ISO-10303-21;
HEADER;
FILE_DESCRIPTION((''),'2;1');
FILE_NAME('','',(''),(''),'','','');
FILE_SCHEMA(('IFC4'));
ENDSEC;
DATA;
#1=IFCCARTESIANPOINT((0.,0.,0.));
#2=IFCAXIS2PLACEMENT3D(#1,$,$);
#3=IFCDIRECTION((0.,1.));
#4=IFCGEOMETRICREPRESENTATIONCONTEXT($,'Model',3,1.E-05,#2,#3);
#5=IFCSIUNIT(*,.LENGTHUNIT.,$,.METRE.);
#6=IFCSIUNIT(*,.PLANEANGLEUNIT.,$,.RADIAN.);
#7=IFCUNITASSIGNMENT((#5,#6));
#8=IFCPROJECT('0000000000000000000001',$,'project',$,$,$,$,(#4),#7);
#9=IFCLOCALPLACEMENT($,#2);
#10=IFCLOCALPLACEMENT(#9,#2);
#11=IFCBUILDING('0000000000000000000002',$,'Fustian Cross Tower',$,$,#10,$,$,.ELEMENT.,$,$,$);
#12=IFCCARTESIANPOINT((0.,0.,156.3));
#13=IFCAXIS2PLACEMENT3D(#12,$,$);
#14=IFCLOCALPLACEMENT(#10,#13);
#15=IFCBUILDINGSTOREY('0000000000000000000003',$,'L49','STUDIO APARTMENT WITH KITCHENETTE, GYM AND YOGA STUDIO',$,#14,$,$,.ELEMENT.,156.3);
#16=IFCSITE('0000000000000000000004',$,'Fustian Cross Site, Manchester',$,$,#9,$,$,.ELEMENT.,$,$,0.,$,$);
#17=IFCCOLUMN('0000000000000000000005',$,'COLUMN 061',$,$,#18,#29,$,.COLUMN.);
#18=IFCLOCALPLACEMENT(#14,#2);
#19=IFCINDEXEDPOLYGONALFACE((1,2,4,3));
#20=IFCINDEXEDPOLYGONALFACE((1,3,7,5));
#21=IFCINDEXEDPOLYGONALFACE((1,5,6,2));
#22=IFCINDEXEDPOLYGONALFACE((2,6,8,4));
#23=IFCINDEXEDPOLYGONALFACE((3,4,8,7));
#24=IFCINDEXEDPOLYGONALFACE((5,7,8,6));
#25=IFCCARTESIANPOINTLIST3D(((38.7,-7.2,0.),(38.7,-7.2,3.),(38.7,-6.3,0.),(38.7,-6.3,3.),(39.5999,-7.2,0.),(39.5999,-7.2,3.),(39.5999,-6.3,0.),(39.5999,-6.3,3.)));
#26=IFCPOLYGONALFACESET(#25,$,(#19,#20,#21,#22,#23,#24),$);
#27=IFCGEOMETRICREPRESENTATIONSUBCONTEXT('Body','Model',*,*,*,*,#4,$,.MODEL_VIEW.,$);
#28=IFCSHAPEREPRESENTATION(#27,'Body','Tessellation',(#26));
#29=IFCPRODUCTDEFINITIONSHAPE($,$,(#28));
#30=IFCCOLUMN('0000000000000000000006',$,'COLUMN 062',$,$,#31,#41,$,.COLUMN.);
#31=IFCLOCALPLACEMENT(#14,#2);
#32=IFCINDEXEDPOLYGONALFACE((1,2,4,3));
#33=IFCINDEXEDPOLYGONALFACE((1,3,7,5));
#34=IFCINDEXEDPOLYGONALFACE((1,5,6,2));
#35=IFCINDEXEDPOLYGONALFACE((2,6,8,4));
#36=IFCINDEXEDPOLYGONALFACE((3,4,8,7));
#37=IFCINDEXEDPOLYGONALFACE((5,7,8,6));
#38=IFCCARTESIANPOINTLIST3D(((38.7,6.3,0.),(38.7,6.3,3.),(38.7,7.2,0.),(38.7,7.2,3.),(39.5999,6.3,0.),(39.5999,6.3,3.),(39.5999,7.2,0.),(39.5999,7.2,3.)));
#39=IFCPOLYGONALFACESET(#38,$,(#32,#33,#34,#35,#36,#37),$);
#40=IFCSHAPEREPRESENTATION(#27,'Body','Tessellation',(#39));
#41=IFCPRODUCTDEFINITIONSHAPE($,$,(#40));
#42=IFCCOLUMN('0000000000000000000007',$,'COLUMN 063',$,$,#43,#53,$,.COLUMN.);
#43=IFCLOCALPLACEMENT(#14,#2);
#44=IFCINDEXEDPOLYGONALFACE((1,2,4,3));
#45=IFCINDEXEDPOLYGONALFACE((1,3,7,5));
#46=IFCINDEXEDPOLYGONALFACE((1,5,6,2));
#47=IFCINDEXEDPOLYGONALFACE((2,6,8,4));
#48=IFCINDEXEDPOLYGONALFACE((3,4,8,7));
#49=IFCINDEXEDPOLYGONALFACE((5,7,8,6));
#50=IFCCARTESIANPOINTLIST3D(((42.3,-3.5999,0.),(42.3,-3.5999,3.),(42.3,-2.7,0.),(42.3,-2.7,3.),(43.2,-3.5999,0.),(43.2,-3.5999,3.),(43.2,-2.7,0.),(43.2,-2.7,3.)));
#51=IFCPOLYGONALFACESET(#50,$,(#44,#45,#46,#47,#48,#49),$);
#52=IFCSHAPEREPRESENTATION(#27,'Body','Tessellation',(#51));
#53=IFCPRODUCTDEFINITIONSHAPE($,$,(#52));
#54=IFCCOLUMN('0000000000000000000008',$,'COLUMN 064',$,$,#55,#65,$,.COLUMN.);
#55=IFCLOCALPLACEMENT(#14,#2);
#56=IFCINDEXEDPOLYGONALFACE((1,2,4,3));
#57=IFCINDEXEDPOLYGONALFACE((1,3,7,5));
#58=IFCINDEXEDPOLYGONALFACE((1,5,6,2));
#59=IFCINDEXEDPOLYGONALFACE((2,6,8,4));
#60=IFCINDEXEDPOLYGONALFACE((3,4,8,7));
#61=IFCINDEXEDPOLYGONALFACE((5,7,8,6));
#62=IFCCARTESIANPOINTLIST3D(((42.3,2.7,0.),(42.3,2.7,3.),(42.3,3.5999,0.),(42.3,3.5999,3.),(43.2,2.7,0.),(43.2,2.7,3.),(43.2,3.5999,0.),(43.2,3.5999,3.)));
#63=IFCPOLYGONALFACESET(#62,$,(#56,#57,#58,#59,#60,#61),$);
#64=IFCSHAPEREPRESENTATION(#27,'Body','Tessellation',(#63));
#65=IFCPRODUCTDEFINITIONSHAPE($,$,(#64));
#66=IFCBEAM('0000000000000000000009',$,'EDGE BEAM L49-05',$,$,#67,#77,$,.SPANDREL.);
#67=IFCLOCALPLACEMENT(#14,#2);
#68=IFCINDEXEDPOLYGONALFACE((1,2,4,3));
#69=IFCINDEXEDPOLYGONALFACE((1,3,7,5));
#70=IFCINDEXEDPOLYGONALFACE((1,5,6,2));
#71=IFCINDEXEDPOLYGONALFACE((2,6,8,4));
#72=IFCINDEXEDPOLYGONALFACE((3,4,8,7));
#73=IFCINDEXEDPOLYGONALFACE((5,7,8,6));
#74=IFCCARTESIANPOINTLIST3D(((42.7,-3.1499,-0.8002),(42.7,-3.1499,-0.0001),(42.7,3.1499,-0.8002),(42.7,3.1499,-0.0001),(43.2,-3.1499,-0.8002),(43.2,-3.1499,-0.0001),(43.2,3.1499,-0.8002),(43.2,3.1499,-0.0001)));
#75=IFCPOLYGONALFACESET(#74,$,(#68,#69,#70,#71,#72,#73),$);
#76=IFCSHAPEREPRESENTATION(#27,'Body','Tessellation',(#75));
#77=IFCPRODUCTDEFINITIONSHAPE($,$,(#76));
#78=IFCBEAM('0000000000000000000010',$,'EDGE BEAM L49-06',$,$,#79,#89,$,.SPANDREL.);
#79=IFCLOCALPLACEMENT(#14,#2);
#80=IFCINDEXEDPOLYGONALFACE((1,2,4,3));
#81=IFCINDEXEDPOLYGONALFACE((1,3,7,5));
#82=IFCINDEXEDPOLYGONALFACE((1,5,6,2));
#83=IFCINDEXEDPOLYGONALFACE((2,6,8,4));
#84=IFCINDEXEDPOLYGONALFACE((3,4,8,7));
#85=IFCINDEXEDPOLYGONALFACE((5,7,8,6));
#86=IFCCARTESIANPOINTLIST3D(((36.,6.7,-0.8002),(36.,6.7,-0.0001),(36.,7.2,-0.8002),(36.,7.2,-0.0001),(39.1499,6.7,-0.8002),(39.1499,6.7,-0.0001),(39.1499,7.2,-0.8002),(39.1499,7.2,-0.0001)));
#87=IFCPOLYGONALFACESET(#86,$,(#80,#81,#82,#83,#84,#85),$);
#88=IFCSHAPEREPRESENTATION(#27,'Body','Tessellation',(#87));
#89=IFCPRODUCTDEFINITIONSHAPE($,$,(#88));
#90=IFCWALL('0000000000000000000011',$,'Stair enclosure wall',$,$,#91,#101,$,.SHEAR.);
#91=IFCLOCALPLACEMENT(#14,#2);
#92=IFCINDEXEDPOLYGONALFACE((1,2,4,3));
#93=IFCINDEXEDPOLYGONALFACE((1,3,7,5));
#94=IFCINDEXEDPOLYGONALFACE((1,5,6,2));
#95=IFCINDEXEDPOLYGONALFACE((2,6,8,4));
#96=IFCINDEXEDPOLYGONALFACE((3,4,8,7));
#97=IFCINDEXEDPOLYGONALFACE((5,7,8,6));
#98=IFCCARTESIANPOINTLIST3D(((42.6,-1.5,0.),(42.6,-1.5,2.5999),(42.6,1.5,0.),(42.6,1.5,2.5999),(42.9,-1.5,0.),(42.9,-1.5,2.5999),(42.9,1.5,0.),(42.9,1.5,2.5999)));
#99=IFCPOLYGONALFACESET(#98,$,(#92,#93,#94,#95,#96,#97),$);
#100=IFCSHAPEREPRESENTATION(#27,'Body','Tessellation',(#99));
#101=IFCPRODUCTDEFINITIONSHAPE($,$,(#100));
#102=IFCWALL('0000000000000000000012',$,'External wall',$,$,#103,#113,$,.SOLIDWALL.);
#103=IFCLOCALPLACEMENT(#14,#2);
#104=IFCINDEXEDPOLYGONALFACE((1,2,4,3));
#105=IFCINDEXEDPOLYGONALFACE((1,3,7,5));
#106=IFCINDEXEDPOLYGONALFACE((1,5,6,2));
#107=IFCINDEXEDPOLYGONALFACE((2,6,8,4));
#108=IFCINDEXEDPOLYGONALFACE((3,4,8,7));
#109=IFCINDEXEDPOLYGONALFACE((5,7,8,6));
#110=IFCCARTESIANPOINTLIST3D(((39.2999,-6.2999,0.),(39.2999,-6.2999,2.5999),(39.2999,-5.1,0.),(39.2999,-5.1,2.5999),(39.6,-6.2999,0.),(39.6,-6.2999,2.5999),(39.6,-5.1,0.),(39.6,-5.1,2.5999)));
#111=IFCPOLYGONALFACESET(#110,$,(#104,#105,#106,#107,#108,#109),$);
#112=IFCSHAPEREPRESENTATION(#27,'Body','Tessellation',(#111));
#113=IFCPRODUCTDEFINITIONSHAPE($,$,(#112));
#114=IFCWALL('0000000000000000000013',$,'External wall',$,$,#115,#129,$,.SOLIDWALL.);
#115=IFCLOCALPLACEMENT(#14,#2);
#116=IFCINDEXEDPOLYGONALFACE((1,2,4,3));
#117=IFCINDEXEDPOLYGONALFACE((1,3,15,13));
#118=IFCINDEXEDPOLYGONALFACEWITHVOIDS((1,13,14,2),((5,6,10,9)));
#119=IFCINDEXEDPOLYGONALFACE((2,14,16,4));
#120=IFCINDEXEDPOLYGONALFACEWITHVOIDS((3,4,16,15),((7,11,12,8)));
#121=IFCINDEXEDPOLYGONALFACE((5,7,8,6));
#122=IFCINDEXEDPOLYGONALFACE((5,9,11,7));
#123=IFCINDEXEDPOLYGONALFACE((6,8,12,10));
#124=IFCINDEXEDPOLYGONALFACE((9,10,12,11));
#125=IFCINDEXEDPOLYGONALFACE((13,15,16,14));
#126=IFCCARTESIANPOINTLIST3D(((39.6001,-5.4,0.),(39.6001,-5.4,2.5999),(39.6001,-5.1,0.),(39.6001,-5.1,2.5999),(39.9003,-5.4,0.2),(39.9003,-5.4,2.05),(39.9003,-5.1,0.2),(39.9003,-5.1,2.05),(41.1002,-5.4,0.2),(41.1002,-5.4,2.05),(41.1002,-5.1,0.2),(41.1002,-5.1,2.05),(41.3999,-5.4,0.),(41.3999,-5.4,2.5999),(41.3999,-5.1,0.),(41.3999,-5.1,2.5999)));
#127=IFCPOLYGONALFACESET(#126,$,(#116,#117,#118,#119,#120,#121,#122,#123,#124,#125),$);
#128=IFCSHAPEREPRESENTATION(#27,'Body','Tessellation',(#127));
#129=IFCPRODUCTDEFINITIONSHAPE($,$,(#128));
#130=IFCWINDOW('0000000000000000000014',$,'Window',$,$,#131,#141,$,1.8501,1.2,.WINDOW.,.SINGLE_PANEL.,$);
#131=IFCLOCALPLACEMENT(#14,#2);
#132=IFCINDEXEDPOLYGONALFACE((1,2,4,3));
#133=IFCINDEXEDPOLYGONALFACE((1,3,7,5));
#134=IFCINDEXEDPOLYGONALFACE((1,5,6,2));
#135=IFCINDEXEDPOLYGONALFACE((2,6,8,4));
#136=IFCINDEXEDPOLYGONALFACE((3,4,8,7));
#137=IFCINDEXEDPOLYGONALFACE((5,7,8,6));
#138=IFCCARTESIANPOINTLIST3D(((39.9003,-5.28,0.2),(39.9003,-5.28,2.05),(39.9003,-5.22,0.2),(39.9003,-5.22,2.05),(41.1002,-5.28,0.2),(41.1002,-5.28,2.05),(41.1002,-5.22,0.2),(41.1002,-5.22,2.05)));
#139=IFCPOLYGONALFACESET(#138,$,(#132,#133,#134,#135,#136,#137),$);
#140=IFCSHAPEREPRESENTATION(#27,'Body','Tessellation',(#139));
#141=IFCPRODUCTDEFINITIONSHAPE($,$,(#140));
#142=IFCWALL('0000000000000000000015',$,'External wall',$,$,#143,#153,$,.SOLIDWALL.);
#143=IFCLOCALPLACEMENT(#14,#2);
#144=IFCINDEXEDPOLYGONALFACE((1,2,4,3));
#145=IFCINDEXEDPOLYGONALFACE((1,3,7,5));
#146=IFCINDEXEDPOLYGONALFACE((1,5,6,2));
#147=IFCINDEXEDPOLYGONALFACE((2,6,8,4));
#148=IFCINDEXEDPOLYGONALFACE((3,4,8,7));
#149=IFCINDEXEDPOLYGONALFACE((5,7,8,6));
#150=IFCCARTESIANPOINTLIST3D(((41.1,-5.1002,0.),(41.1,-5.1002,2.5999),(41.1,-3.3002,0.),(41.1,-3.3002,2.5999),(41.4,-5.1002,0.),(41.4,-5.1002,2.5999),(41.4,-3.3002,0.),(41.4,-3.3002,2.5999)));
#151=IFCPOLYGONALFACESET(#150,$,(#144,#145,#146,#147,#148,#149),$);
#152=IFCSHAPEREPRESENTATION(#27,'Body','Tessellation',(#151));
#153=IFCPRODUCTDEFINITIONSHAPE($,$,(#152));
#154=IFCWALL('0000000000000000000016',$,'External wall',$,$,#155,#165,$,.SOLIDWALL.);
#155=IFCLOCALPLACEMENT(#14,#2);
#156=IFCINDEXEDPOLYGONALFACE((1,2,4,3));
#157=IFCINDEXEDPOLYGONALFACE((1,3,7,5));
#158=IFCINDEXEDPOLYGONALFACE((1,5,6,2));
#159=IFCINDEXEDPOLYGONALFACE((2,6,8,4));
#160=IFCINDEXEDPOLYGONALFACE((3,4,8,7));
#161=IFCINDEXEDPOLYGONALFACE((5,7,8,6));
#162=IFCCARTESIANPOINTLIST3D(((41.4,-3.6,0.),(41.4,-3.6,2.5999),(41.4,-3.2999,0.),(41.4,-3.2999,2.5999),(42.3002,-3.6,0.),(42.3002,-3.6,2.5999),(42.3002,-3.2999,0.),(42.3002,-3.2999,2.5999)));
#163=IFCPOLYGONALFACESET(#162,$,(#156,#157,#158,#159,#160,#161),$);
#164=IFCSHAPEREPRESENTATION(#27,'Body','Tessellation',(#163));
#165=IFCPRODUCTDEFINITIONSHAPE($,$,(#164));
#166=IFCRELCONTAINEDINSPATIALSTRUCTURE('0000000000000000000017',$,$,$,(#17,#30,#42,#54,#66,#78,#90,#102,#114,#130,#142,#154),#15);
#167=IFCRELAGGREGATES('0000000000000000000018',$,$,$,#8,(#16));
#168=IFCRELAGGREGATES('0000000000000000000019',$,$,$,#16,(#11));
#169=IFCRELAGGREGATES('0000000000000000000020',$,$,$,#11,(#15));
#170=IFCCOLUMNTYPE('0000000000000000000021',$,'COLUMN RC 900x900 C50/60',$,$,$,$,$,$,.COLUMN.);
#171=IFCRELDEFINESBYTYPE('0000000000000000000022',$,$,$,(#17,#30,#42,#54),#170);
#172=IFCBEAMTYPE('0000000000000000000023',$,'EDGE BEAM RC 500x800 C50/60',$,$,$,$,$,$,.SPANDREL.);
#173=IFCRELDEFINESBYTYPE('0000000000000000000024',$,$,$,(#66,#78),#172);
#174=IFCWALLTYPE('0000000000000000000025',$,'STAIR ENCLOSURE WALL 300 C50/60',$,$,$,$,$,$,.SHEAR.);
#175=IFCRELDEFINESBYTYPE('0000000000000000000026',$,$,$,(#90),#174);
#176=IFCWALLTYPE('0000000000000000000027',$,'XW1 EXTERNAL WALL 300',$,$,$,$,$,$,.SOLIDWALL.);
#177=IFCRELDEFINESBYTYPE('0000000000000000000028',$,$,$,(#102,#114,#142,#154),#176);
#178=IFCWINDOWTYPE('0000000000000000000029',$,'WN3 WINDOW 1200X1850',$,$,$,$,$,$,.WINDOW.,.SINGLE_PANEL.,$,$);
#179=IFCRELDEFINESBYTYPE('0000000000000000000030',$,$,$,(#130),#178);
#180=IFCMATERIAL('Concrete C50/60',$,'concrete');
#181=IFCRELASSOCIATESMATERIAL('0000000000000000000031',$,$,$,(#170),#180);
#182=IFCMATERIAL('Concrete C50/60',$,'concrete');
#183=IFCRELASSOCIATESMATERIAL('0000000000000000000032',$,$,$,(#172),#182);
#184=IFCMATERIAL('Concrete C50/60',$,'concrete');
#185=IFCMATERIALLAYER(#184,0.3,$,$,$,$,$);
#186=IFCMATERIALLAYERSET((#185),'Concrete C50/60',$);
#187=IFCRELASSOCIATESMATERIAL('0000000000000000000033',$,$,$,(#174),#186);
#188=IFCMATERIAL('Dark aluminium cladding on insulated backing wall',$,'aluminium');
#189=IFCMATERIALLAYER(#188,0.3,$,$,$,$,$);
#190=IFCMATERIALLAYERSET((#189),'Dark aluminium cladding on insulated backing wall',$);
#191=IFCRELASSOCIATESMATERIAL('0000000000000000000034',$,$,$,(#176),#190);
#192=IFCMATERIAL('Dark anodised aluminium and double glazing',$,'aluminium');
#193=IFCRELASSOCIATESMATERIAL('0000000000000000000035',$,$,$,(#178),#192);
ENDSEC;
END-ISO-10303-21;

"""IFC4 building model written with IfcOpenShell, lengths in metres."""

from ifc_helpers import new_model, si_unit, direction, frame, frame_2d, origin, origin_2d, place, context, subcontext, project, spatial, rectangle, extrude, material, layer, layer_set, material_profile, profile_set, type_object, element, fill, save


model = new_model("IFC4")

# Units and contexts
model_context = context("Model", 3, precision=1e-05, world=origin(), true_north=direction((0.0, 1.0)))
body_context = subcontext(model_context, "Body", "Model", "MODEL_VIEW")
ifc_project = project(units=[si_unit("LENGTHUNIT", "METRE"), si_unit("PLANEANGLEUNIT", "RADIAN")], contexts=[model_context])

# Site, building, storey
site_placement = place(None, origin())
site = spatial("IfcSite", under=ifc_project, at=site_placement, Name="Fustian Cross Site, Manchester", CompositionType="ELEMENT", RefElevation=0.0)
building_placement = place(site_placement, origin())
building = spatial("IfcBuilding", under=site, at=building_placement, Name="Fustian Cross Tower", CompositionType="ELEMENT")
storey_placement = place(building_placement, frame((0.0, 0.0, 156.3)))
storey = spatial("IfcBuildingStorey", under=building, at=storey_placement, Name="L49", Description="STUDIO APARTMENT WITH KITCHENETTE, GYM AND YOGA STUDIO", CompositionType="ELEMENT", Elevation=156.3)

# Columns
ifc_material_1 = material(Name="Concrete C50/60", Category="concrete")
ifc_material_profile_1 = material_profile(ifc_material_1, rectangle(XDim=0.8999, YDim=0.8999, at=origin_2d()), Name="RC 900x900")
ifc_profile_set_1 = profile_set([ifc_material_profile_1], Name="Concrete C50/60")
column_type = type_object("IfcColumnType", Name="COLUMN RC 900x900 C50/60", PredefinedType="COLUMN", material=ifc_profile_set_1)
for number, where, z_axis, x_axis, name in (
    (1, (39.1499, -6.75, 0.0), (0.0, 0.0, 1.0), (1.0, 0.0, 0.0), "COLUMN 061"),
    (2, (39.1499, 6.75, 0.0), (0.0, 0.0, 1.0), (1.0, 0.0, 0.0), "COLUMN 062"),
    (3, (42.75, -3.1499, 0.0), (0.0, 0.0, 1.0), (1.0, 0.0, 0.0), "COLUMN 063"),
    (4, (42.75, 3.1499, 0.0), (0.0, 0.0, 1.0), (1.0, 0.0, 0.0), "COLUMN 064"),
):
    element("IfcColumn", number, at=place(storey_placement, frame(where, z_axis=z_axis, x_axis=x_axis)), inside=storey, type_object=column_type, Name=name, PredefinedType="COLUMN", context=body_context, shape_type="SweptSolid", body=[
        extrude(rectangle(XDim=0.8999, YDim=0.8999, at=origin_2d()), origin(), (0.0, 0.0, 1.0), 3.0),
    ])

# Beams
ifc_material_2 = material(Name="Concrete C50/60", Category="concrete")
ifc_material_profile_2 = material_profile(ifc_material_2, rectangle(XDim=0.5, YDim=0.8, at=origin_2d()), Name="RC 500x800")
ifc_profile_set_2 = profile_set([ifc_material_profile_2], Name="Concrete C50/60")
beam_type = type_object("IfcBeamType", Name="EDGE BEAM RC 500x800 C50/60", PredefinedType="SPANDREL", material=ifc_profile_set_2)
beam_1_placement = place(storey_placement, frame((42.95, -3.1499, -0.4001), z_axis=(0.0, 1.0, 0.0), x_axis=(-1.0, 0.0, 0.0)))
element("IfcBeam", 5, at=beam_1_placement, inside=storey, type_object=beam_type, Name="EDGE BEAM L49-05", PredefinedType="SPANDREL", context=body_context, shape_type="SweptSolid", body=[
    extrude(rectangle(XDim=0.5, YDim=0.8, at=origin_2d()), origin(), (0.0, 0.0, 1.0), 6.2998),
])
beam_2_placement = place(storey_placement, frame((39.1499, 6.95, -0.4001), z_axis=(-1.0, 0.0, 0.0), x_axis=(0.0, -1.0, 0.0)))
element("IfcBeam", 6, at=beam_2_placement, inside=storey, type_object=beam_type, Name="EDGE BEAM L49-06", PredefinedType="SPANDREL", context=body_context, shape_type="SweptSolid", body=[
    extrude(rectangle(XDim=0.5, YDim=0.8, at=origin_2d()), origin(), (0.0, 0.0, 1.0), 3.1499),
])

# Walls
ifc_material_3 = material(Name="Concrete C50/60", Category="concrete")
ifc_layer_1 = layer(ifc_material_3, 0.3)
ifc_layer_set_1 = layer_set([ifc_layer_1], Name="Concrete C50/60")
wall_type_1 = type_object("IfcWallType", Name="STAIR ENCLOSURE WALL 300 C50/60", PredefinedType="SHEAR", material=ifc_layer_set_1)
wall_1_placement = place(storey_placement, frame((42.75, -1.5, 0.0), z_axis=(0.0, 0.0, 1.0), x_axis=(0.0, 1.0, 0.0)))
element("IfcWall", 7, at=wall_1_placement, inside=storey, type_object=wall_type_1, Name="Stair enclosure wall", PredefinedType="SHEAR", context=body_context, shape_type="SweptSolid", body=[
    extrude(rectangle(XDim=3.0, YDim=0.3, at=frame_2d((1.5, 0.0))), origin(), (0.0, 0.0, 1.0), 2.5999),
])
ifc_material_4 = material(Name="Dark aluminium cladding on insulated backing wall", Category="aluminium")
ifc_layer_2 = layer(ifc_material_4, 0.3)
ifc_layer_set_2 = layer_set([ifc_layer_2], Name="Dark aluminium cladding on insulated backing wall")
wall_type_2 = type_object("IfcWallType", Name="XW1 EXTERNAL WALL 300", PredefinedType="SOLIDWALL", material=ifc_layer_set_2)
wall_2_placement = place(storey_placement, frame((39.45, -6.3, 0.0), z_axis=(0.0, 0.0, 1.0), x_axis=(0.0, 1.0, 0.0)))
element("IfcWall", 8, at=wall_2_placement, inside=storey, type_object=wall_type_2, Name="External wall", PredefinedType="SOLIDWALL", context=body_context, shape_type="SweptSolid", body=[
    extrude(rectangle(XDim=1.2, YDim=0.3, at=frame_2d((0.6001, 0.0))), origin(), (0.0, 0.0, 1.0), 2.5999),
])

# Wall, opening, window
wall_3_placement = place(storey_placement, frame((39.6001, -5.25, 0.0), z_axis=(0.0, 0.0, 1.0), x_axis=(1.0, 0.0, 0.0)))
wall_3 = element("IfcWall", 9, at=wall_3_placement, inside=storey, type_object=wall_type_2, Name="External wall", PredefinedType="SOLIDWALL", context=body_context, shape_type="SweptSolid", body=[
    extrude(rectangle(XDim=1.7998, YDim=0.3, at=frame_2d((0.8999, 0.0))), origin(), (0.0, 0.0, 1.0), 2.5999),
])
opening_1_placement = place(wall_3_placement, frame((0.3, 0.0, 0.2)))
opening_1 = element("IfcOpeningElement", 10, at=opening_1_placement, cuts=wall_3, PredefinedType="OPENING", context=body_context, shape_type="SweptSolid", body=[
    extrude(rectangle(XDim=1.2, YDim=1.8501, at=frame_2d((0.6001, 0.925))), frame((0.0, 0.1599, 0.0), z_axis=(0.0, -1.0, 0.0), x_axis=(1.0, 0.0, 0.0)), (0.0, 0.0, 1.0), 0.3201),
])
ifc_material_5 = material(Name="Dark anodised aluminium and double glazing", Category="aluminium")
window_type_1 = type_object("IfcWindowType", Name="WN3 WINDOW 1200X1850", PartitioningType="SINGLE_PANEL", PredefinedType="WINDOW", material=ifc_material_5)
window_1_placement = place(opening_1_placement, origin())
window_1 = element("IfcWindow", 11, at=window_1_placement, inside=storey, type_object=window_type_1, Name="Window", OverallHeight=1.8501, OverallWidth=1.2, PartitioningType="SINGLE_PANEL", PredefinedType="WINDOW", context=body_context, shape_type="SweptSolid", body=[
    extrude(rectangle(XDim=1.2, YDim=1.8501, at=frame_2d((0.6001, 0.925))), frame((0.0, 0.03, 0.0), z_axis=(0.0, -1.0, 0.0), x_axis=(1.0, 0.0, 0.0)), (0.0, 0.0, 1.0), 0.0601),
])
fill(opening_1, window_1)

# Walls
wall_4_placement = place(storey_placement, frame((41.25, -5.1001, 0.0), z_axis=(0.0, 0.0, 1.0), x_axis=(0.0, 1.0, 0.0)))
element("IfcWall", 12, at=wall_4_placement, inside=storey, type_object=wall_type_2, Name="External wall", PredefinedType="SOLIDWALL", context=body_context, shape_type="SweptSolid", body=[
    extrude(rectangle(XDim=1.8, YDim=0.3, at=frame_2d((0.8999, 0.0))), origin(), (0.0, 0.0, 1.0), 2.5999),
])
wall_5_placement = place(storey_placement, frame((41.3999, -3.45, 0.0), z_axis=(0.0, 0.0, 1.0), x_axis=(1.0, 0.0, 0.0)))
element("IfcWall", 13, at=wall_5_placement, inside=storey, type_object=wall_type_2, Name="External wall", PredefinedType="SOLIDWALL", context=body_context, shape_type="SweptSolid", body=[
    extrude(rectangle(XDim=0.9001, YDim=0.3, at=frame_2d((0.4502, 0.0))), origin(), (0.0, 0.0, 1.0), 2.5999),
])

save(model, "model.ifc")
